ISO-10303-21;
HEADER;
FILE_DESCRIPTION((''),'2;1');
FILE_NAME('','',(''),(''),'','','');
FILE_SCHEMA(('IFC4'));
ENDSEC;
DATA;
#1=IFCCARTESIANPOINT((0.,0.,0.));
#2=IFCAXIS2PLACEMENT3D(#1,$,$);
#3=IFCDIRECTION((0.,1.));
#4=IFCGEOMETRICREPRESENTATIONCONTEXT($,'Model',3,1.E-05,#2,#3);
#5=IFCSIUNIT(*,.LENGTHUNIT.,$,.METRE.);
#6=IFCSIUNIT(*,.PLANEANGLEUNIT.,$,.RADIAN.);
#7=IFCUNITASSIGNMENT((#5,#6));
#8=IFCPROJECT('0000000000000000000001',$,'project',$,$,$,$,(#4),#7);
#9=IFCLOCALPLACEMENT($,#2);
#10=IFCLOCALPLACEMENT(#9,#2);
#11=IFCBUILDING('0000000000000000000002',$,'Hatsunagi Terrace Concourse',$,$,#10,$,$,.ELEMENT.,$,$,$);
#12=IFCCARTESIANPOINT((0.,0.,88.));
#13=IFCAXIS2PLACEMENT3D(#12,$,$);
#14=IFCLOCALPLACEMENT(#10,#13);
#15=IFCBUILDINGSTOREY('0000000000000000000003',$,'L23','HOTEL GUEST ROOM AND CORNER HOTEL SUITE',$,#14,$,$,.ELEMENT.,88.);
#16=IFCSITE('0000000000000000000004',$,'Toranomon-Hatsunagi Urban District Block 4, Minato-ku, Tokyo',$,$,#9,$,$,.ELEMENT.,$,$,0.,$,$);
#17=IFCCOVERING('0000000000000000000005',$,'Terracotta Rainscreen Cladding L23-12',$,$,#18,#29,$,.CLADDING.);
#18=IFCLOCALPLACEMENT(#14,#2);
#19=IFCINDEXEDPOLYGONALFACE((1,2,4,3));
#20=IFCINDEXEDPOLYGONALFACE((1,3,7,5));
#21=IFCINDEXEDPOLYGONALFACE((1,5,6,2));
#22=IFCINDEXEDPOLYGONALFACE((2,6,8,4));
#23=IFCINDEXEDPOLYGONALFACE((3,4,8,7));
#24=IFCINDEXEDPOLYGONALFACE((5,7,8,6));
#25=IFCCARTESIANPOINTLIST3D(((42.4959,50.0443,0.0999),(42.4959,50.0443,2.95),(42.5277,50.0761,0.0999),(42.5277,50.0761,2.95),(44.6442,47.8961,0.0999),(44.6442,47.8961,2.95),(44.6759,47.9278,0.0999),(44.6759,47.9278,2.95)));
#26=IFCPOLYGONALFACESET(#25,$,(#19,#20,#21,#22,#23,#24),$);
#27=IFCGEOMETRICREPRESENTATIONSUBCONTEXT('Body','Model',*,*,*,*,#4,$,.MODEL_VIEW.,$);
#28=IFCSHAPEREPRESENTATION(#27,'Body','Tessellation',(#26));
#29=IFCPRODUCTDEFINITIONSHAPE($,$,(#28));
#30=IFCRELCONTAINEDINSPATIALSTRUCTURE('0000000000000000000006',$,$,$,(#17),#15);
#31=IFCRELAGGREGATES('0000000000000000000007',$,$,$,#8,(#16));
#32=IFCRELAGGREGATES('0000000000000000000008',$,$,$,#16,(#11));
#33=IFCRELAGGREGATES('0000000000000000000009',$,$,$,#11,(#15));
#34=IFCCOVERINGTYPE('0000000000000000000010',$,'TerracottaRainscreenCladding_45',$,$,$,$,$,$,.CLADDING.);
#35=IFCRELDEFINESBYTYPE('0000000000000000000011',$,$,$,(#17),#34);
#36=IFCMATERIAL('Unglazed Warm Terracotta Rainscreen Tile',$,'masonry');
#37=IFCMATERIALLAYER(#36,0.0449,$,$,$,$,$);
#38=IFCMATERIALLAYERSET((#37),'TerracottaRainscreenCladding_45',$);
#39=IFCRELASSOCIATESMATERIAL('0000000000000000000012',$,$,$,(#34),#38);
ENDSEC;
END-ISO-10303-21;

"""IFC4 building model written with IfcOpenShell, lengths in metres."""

from ifc_helpers import new_model, si_unit, direction, frame, origin, origin_2d, place, context, subcontext, project, spatial, rectangle, extrude, material, layer, layer_set, type_object, element, save


model = new_model("IFC4")

# Units and contexts
model_context = context("Model", 3, precision=1e-05, world=origin(), true_north=direction((0.0, 1.0)))
body_context = subcontext(model_context, "Body", "Model", "MODEL_VIEW")
ifc_project = project(units=[si_unit("LENGTHUNIT", "METRE"), si_unit("PLANEANGLEUNIT", "RADIAN")], contexts=[model_context])

# Site, building, storey
site_placement = place(None, origin())
site = spatial("IfcSite", under=ifc_project, at=site_placement, Name="Toranomon-Hatsunagi Urban District Block 4, Minato-ku, Tokyo", CompositionType="ELEMENT", RefElevation=0.0)
building_placement = place(site_placement, origin())
building = spatial("IfcBuilding", under=site, at=building_placement, Name="Hatsunagi Terrace Concourse", CompositionType="ELEMENT")
storey_placement = place(building_placement, frame((0.0, 0.0, 88.0)))
storey = spatial("IfcBuildingStorey", under=building, at=storey_placement, Name="L23", Description="HOTEL GUEST ROOM AND CORNER HOTEL SUITE", CompositionType="ELEMENT", Elevation=88.0)

# Covering
ifc_material_1 = material(Name="Unglazed Warm Terracotta Rainscreen Tile", Category="masonry")
ifc_layer_1 = layer(ifc_material_1, 0.0449)
ifc_layer_set_1 = layer_set([ifc_layer_1], Name="TerracottaRainscreenCladding_45")
covering_type = type_object("IfcCoveringType", Name="TerracottaRainscreenCladding_45", PredefinedType="CLADDING", material=ifc_layer_set_1)
covering_placement = place(storey_placement, frame((43.5859, 48.9861, 0.0999), z_axis=(0.0, 0.0, 1.0), x_axis=(0.707107, -0.707107, 0.0)))
element("IfcCovering", 1, at=covering_placement, inside=storey, type_object=covering_type, Name="Terracotta Rainscreen Cladding L23-12", PredefinedType="CLADDING", context=body_context, shape_type="SweptSolid", body=[
    extrude(rectangle(XDim=3.0381, YDim=0.0449, at=origin_2d()), origin(), (0.0, 0.0, 1.0), 2.8501),
])

save(model, "model.ifc")
